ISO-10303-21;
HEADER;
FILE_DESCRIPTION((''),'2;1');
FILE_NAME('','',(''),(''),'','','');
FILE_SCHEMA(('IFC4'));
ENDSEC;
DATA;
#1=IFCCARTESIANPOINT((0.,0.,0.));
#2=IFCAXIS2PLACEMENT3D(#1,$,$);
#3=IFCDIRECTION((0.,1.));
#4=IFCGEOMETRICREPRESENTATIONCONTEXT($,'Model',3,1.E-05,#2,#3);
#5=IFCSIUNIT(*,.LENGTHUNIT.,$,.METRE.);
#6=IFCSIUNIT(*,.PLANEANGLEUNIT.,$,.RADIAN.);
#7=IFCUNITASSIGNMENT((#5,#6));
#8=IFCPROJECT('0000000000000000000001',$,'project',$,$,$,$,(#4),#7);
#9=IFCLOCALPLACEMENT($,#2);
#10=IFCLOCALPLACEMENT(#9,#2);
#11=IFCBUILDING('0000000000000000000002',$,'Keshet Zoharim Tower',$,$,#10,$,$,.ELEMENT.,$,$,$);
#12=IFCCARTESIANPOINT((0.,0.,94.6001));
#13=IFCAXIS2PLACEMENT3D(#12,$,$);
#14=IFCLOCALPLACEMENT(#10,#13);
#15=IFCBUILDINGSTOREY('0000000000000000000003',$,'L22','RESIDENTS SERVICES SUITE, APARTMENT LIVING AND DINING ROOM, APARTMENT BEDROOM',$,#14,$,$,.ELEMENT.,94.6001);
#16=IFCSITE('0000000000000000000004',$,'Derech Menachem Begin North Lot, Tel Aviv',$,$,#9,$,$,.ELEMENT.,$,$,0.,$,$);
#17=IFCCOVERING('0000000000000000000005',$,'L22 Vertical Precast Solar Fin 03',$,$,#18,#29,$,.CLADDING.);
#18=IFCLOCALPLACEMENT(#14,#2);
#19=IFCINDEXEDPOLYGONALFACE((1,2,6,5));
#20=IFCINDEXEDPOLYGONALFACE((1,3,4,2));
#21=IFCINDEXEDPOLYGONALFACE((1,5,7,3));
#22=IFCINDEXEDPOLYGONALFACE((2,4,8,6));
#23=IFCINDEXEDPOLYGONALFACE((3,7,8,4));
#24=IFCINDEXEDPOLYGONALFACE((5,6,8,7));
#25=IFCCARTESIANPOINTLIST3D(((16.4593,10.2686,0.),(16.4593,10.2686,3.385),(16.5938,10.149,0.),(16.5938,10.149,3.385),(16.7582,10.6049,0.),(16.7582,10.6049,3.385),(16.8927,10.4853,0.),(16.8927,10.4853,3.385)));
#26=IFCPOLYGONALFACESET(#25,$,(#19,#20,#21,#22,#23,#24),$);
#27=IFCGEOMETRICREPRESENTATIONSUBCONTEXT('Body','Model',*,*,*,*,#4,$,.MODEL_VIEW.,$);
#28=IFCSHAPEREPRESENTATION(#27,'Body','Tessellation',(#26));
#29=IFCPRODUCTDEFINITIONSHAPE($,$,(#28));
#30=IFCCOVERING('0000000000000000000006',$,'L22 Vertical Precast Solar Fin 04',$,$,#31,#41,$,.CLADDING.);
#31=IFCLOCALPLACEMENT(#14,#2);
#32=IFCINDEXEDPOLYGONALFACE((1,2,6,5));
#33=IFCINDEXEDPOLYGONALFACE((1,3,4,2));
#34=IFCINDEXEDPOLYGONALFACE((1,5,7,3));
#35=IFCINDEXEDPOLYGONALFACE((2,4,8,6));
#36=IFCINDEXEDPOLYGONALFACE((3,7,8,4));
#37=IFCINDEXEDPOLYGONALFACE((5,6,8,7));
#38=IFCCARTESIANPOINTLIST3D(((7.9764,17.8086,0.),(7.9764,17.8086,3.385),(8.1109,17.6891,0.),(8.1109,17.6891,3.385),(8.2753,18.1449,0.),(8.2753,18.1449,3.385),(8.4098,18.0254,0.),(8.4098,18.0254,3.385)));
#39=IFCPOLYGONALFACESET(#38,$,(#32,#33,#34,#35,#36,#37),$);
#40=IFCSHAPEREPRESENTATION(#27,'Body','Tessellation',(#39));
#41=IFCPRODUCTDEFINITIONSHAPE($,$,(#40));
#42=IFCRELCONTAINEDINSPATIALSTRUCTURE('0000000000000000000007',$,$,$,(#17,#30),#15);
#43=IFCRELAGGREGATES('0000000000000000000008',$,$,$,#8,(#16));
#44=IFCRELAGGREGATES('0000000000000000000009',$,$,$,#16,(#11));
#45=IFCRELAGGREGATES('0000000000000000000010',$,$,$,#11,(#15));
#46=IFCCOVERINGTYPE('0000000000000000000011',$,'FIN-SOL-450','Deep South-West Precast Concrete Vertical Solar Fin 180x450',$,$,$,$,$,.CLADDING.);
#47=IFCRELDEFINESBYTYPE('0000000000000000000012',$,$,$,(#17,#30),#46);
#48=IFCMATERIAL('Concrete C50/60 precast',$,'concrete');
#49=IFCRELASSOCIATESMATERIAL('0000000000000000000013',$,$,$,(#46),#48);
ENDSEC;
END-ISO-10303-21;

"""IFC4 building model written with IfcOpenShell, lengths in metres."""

from ifc_helpers import new_model, si_unit, direction, frame, origin, origin_2d, place, context, subcontext, project, spatial, rectangle, extrude, material, type_object, element, save


model = new_model("IFC4")

# Units and contexts
model_context = context("Model", 3, precision=1e-05, world=origin(), true_north=direction((0.0, 1.0)))
body_context = subcontext(model_context, "Body", "Model", "MODEL_VIEW")
ifc_project = project(units=[si_unit("LENGTHUNIT", "METRE"), si_unit("PLANEANGLEUNIT", "RADIAN")], contexts=[model_context])

# Site, building, storey
site_placement = place(None, origin())
site = spatial("IfcSite", under=ifc_project, at=site_placement, Name="Derech Menachem Begin North Lot, Tel Aviv", CompositionType="ELEMENT", RefElevation=0.0)
building_placement = place(site_placement, origin())
building = spatial("IfcBuilding", under=site, at=building_placement, Name="Keshet Zoharim Tower", CompositionType="ELEMENT")
storey_placement = place(building_placement, frame((0.0, 0.0, 94.6001)))
storey = spatial("IfcBuildingStorey", under=building, at=storey_placement, Name="L22", Description="RESIDENTS SERVICES SUITE, APARTMENT LIVING AND DINING ROOM, APARTMENT BEDROOM", CompositionType="ELEMENT", Elevation=94.6001)

# Coverings
ifc_material_1 = material(Name="Concrete C50/60 precast", Category="concrete")
covering_type = type_object("IfcCoveringType", Name="FIN-SOL-450", Description="Deep South-West Precast Concrete Vertical Solar Fin 180x450", PredefinedType="CLADDING", material=ifc_material_1)
for number, where, z_axis, x_axis, name in (
    (1, (16.676, 10.377, 0.0), (0.0, 0.0, 1.0), (-0.747409, 0.664364, 0.0), "L22 Vertical Precast Solar Fin 03"),
    (2, (8.1931, 17.917, 0.0), (0.0, 0.0, 1.0), (-0.747409, 0.664364, 0.0), "L22 Vertical Precast Solar Fin 04"),
):
    element("IfcCovering", number, at=place(storey_placement, frame(where, z_axis=z_axis, x_axis=x_axis)), inside=storey, type_object=covering_type, Name=name, PredefinedType="CLADDING", context=body_context, shape_type="SweptSolid", body=[
        extrude(rectangle(XDim=0.1799, YDim=0.45, at=origin_2d()), origin(), (0.0, 0.0, 1.0), 3.385),
    ])

save(model, "model.ifc")
